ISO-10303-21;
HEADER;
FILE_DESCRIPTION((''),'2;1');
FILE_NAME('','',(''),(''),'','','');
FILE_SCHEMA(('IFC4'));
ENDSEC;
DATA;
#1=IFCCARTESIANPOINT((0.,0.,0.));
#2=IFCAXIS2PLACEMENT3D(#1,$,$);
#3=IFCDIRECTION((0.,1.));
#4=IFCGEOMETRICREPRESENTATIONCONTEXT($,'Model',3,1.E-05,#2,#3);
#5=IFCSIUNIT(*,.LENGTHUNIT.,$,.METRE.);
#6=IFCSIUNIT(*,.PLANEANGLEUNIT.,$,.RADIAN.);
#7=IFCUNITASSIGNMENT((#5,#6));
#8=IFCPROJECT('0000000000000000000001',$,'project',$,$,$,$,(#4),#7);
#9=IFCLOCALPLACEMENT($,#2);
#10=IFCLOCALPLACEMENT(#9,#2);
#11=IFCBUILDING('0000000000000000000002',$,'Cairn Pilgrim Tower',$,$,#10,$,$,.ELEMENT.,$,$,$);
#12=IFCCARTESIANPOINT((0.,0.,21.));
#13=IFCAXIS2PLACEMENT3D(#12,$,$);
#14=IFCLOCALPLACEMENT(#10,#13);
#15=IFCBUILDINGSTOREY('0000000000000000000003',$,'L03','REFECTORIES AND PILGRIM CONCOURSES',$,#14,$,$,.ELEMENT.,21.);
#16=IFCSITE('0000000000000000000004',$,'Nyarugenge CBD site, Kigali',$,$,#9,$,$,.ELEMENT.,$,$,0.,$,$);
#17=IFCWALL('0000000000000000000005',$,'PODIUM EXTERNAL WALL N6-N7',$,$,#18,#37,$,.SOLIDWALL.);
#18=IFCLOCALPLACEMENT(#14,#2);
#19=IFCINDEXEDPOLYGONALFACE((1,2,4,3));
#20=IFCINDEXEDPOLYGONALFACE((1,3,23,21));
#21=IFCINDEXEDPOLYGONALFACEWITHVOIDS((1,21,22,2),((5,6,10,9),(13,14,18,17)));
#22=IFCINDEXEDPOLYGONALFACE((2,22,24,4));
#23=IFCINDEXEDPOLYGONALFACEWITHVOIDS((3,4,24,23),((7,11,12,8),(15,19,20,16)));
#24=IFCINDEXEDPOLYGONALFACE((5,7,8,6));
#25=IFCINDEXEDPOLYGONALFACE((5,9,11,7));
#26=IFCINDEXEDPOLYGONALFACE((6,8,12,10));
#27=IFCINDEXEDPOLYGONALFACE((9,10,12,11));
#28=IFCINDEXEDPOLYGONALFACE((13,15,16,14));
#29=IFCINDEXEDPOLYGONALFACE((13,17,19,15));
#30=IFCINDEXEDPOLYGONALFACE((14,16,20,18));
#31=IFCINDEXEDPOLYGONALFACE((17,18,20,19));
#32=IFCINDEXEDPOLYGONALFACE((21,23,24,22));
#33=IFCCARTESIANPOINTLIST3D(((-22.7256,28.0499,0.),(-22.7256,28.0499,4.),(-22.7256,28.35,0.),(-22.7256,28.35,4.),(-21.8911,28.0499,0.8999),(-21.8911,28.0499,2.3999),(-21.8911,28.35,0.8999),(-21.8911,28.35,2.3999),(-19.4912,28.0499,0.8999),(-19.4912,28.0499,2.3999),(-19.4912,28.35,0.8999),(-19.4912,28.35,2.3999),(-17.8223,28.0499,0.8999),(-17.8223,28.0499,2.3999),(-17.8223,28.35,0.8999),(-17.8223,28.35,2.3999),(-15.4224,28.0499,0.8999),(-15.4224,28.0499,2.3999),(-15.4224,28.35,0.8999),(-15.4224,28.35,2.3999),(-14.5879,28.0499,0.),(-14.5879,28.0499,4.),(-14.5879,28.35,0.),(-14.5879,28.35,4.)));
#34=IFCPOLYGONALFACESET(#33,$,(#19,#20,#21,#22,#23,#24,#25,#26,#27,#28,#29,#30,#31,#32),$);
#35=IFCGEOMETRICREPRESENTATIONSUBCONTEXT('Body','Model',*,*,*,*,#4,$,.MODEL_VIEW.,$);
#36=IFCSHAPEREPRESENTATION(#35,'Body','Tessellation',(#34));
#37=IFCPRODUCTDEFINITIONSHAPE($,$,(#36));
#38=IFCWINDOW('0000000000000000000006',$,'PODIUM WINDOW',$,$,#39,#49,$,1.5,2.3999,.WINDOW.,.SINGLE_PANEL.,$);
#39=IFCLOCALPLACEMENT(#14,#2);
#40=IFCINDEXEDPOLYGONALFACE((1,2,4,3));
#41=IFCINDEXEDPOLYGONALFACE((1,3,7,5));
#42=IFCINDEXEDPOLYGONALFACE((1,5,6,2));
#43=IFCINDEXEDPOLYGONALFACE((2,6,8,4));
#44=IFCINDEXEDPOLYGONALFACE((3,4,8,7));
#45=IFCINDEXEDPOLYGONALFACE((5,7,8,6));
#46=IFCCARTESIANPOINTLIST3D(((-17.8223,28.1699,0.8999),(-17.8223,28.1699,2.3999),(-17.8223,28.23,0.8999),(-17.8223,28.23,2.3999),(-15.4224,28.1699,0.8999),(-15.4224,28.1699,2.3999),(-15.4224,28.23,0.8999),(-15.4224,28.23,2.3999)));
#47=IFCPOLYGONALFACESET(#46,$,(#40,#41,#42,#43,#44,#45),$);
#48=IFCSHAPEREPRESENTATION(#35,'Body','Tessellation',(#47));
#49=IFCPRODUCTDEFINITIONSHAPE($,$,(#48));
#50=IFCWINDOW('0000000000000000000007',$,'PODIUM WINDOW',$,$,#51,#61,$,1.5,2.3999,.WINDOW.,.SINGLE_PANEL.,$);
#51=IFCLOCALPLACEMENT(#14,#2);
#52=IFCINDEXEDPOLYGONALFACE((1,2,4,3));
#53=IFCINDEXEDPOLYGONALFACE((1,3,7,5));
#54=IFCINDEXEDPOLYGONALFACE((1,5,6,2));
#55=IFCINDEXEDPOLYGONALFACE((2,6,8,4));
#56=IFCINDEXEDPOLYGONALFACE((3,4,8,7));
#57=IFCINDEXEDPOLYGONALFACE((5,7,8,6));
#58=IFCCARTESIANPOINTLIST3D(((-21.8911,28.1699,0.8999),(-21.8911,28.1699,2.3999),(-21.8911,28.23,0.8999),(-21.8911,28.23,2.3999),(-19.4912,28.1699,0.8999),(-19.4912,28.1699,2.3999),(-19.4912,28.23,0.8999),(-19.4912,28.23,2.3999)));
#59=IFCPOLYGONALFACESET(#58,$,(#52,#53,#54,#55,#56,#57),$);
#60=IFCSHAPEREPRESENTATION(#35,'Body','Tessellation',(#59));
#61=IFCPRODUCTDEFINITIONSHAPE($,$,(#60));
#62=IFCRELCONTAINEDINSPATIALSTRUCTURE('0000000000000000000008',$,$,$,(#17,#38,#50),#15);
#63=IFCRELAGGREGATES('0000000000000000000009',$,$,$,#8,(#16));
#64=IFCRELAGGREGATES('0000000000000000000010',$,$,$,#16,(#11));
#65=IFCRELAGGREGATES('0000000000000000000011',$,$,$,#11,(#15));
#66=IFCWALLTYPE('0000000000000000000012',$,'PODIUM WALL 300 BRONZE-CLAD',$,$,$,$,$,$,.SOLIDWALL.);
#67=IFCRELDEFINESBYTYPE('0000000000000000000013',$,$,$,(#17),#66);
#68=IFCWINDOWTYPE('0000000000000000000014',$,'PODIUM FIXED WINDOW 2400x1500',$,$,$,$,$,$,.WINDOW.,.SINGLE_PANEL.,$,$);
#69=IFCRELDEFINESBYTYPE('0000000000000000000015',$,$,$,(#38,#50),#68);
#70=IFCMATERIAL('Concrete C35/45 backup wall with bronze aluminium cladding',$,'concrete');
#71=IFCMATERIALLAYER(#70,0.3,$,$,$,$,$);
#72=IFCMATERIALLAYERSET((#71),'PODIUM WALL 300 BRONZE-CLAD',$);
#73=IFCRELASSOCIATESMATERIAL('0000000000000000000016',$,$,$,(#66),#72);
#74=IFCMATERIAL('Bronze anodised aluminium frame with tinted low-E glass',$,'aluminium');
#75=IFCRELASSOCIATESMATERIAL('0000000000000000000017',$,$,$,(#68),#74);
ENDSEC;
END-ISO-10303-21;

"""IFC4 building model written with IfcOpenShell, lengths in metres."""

from ifc_helpers import new_model, si_unit, direction, frame, frame_2d, origin, place, context, subcontext, project, spatial, rectangle, extrude, material, layer, layer_set, type_object, element, fill, save


model = new_model("IFC4")

# Units and contexts
model_context = context("Model", 3, precision=1e-05, world=origin(), true_north=direction((0.0, 1.0)))
body_context = subcontext(model_context, "Body", "Model", "MODEL_VIEW")
ifc_project = project(units=[si_unit("LENGTHUNIT", "METRE"), si_unit("PLANEANGLEUNIT", "RADIAN")], contexts=[model_context])

# Site, building, storey
site_placement = place(None, origin())
site = spatial("IfcSite", under=ifc_project, at=site_placement, Name="Nyarugenge CBD site, Kigali", CompositionType="ELEMENT", RefElevation=0.0)
building_placement = place(site_placement, origin())
building = spatial("IfcBuilding", under=site, at=building_placement, Name="Cairn Pilgrim Tower", CompositionType="ELEMENT")
storey_placement = place(building_placement, frame((0.0, 0.0, 21.0)))
storey = spatial("IfcBuildingStorey", under=building, at=storey_placement, Name="L03", Description="REFECTORIES AND PILGRIM CONCOURSES", CompositionType="ELEMENT", Elevation=21.0)

# Wall, openings, windows
ifc_material_1 = material(Name="Concrete C35/45 backup wall with bronze aluminium cladding", Category="concrete")
ifc_layer_1 = layer(ifc_material_1, 0.3)
ifc_layer_set_1 = layer_set([ifc_layer_1], Name="PODIUM WALL 300 BRONZE-CLAD")
wall_type_1 = type_object("IfcWallType", Name="PODIUM WALL 300 BRONZE-CLAD", PredefinedType="SOLIDWALL", material=ifc_layer_set_1)
ifc_material_2 = material(Name="Bronze anodised aluminium frame with tinted low-E glass", Category="aluminium")
window_type = type_object("IfcWindowType", Name="PODIUM FIXED WINDOW 2400x1500", PartitioningType="SINGLE_PANEL", PredefinedType="WINDOW", material=ifc_material_2)
wall_1_placement = place(storey_placement, frame((-14.5879, 28.2, 0.0), z_axis=(0.0, 0.0, 1.0), x_axis=(-1.0, 0.0, 0.0)))
wall_1 = element("IfcWall", 1, at=wall_1_placement, inside=storey, type_object=wall_type_1, Name="PODIUM EXTERNAL WALL N6-N7", PredefinedType="SOLIDWALL", context=body_context, shape_type="SweptSolid", body=[
    extrude(rectangle(XDim=8.1377, YDim=0.3, at=frame_2d((4.0688, 0.0))), origin(), (0.0, 0.0, 1.0), 4.0),
])
opening_1_placement = place(wall_1_placement, frame((0.8345, 0.0, 0.8999)))
opening_1 = element("IfcOpeningElement", 2, at=opening_1_placement, cuts=wall_1, PredefinedType="OPENING", context=body_context, shape_type="SweptSolid", body=[
    extrude(rectangle(XDim=2.3999, YDim=1.5, at=frame_2d((1.2, 0.75))), frame((0.0, 0.1602, 0.0), z_axis=(0.0, -1.0, 0.0), x_axis=(1.0, 0.0, 0.0)), (0.0, 0.0, 1.0), 0.3201),
])
opening_2_placement = place(wall_1_placement, frame((4.9033, 0.0, 0.8999)))
opening_2 = element("IfcOpeningElement", 3, at=opening_2_placement, cuts=wall_1, PredefinedType="OPENING", context=body_context, shape_type="SweptSolid", body=[
    extrude(rectangle(XDim=2.3999, YDim=1.5, at=frame_2d((1.2, 0.75))), frame((0.0, 0.1602, 0.0), z_axis=(0.0, -1.0, 0.0), x_axis=(1.0, 0.0, 0.0)), (0.0, 0.0, 1.0), 0.3201),
])
window_1_placement = place(opening_1_placement, origin())
window_1 = element("IfcWindow", 4, at=window_1_placement, inside=storey, type_object=window_type, Name="PODIUM WINDOW", OverallHeight=1.5, OverallWidth=2.3999, PartitioningType="SINGLE_PANEL", PredefinedType="WINDOW", context=body_context, shape_type="SweptSolid", body=[
    extrude(rectangle(XDim=2.3999, YDim=1.5, at=frame_2d((1.2, 0.75))), frame((0.0, 0.03, 0.0), z_axis=(0.0, -1.0, 0.0), x_axis=(1.0, 0.0, 0.0)), (0.0, 0.0, 1.0), 0.0601),
])
fill(opening_1, window_1)
window_2_placement = place(opening_2_placement, origin())
window_2 = element("IfcWindow", 5, at=window_2_placement, inside=storey, type_object=window_type, Name="PODIUM WINDOW", OverallHeight=1.5, OverallWidth=2.3999, PartitioningType="SINGLE_PANEL", PredefinedType="WINDOW", context=body_context, shape_type="SweptSolid", body=[
    extrude(rectangle(XDim=2.3999, YDim=1.5, at=frame_2d((1.2, 0.75))), frame((0.0, 0.03, 0.0), z_axis=(0.0, -1.0, 0.0), x_axis=(1.0, 0.0, 0.0)), (0.0, 0.0, 1.0), 0.0601),
])
fill(opening_2, window_2)

save(model, "model.ifc")
